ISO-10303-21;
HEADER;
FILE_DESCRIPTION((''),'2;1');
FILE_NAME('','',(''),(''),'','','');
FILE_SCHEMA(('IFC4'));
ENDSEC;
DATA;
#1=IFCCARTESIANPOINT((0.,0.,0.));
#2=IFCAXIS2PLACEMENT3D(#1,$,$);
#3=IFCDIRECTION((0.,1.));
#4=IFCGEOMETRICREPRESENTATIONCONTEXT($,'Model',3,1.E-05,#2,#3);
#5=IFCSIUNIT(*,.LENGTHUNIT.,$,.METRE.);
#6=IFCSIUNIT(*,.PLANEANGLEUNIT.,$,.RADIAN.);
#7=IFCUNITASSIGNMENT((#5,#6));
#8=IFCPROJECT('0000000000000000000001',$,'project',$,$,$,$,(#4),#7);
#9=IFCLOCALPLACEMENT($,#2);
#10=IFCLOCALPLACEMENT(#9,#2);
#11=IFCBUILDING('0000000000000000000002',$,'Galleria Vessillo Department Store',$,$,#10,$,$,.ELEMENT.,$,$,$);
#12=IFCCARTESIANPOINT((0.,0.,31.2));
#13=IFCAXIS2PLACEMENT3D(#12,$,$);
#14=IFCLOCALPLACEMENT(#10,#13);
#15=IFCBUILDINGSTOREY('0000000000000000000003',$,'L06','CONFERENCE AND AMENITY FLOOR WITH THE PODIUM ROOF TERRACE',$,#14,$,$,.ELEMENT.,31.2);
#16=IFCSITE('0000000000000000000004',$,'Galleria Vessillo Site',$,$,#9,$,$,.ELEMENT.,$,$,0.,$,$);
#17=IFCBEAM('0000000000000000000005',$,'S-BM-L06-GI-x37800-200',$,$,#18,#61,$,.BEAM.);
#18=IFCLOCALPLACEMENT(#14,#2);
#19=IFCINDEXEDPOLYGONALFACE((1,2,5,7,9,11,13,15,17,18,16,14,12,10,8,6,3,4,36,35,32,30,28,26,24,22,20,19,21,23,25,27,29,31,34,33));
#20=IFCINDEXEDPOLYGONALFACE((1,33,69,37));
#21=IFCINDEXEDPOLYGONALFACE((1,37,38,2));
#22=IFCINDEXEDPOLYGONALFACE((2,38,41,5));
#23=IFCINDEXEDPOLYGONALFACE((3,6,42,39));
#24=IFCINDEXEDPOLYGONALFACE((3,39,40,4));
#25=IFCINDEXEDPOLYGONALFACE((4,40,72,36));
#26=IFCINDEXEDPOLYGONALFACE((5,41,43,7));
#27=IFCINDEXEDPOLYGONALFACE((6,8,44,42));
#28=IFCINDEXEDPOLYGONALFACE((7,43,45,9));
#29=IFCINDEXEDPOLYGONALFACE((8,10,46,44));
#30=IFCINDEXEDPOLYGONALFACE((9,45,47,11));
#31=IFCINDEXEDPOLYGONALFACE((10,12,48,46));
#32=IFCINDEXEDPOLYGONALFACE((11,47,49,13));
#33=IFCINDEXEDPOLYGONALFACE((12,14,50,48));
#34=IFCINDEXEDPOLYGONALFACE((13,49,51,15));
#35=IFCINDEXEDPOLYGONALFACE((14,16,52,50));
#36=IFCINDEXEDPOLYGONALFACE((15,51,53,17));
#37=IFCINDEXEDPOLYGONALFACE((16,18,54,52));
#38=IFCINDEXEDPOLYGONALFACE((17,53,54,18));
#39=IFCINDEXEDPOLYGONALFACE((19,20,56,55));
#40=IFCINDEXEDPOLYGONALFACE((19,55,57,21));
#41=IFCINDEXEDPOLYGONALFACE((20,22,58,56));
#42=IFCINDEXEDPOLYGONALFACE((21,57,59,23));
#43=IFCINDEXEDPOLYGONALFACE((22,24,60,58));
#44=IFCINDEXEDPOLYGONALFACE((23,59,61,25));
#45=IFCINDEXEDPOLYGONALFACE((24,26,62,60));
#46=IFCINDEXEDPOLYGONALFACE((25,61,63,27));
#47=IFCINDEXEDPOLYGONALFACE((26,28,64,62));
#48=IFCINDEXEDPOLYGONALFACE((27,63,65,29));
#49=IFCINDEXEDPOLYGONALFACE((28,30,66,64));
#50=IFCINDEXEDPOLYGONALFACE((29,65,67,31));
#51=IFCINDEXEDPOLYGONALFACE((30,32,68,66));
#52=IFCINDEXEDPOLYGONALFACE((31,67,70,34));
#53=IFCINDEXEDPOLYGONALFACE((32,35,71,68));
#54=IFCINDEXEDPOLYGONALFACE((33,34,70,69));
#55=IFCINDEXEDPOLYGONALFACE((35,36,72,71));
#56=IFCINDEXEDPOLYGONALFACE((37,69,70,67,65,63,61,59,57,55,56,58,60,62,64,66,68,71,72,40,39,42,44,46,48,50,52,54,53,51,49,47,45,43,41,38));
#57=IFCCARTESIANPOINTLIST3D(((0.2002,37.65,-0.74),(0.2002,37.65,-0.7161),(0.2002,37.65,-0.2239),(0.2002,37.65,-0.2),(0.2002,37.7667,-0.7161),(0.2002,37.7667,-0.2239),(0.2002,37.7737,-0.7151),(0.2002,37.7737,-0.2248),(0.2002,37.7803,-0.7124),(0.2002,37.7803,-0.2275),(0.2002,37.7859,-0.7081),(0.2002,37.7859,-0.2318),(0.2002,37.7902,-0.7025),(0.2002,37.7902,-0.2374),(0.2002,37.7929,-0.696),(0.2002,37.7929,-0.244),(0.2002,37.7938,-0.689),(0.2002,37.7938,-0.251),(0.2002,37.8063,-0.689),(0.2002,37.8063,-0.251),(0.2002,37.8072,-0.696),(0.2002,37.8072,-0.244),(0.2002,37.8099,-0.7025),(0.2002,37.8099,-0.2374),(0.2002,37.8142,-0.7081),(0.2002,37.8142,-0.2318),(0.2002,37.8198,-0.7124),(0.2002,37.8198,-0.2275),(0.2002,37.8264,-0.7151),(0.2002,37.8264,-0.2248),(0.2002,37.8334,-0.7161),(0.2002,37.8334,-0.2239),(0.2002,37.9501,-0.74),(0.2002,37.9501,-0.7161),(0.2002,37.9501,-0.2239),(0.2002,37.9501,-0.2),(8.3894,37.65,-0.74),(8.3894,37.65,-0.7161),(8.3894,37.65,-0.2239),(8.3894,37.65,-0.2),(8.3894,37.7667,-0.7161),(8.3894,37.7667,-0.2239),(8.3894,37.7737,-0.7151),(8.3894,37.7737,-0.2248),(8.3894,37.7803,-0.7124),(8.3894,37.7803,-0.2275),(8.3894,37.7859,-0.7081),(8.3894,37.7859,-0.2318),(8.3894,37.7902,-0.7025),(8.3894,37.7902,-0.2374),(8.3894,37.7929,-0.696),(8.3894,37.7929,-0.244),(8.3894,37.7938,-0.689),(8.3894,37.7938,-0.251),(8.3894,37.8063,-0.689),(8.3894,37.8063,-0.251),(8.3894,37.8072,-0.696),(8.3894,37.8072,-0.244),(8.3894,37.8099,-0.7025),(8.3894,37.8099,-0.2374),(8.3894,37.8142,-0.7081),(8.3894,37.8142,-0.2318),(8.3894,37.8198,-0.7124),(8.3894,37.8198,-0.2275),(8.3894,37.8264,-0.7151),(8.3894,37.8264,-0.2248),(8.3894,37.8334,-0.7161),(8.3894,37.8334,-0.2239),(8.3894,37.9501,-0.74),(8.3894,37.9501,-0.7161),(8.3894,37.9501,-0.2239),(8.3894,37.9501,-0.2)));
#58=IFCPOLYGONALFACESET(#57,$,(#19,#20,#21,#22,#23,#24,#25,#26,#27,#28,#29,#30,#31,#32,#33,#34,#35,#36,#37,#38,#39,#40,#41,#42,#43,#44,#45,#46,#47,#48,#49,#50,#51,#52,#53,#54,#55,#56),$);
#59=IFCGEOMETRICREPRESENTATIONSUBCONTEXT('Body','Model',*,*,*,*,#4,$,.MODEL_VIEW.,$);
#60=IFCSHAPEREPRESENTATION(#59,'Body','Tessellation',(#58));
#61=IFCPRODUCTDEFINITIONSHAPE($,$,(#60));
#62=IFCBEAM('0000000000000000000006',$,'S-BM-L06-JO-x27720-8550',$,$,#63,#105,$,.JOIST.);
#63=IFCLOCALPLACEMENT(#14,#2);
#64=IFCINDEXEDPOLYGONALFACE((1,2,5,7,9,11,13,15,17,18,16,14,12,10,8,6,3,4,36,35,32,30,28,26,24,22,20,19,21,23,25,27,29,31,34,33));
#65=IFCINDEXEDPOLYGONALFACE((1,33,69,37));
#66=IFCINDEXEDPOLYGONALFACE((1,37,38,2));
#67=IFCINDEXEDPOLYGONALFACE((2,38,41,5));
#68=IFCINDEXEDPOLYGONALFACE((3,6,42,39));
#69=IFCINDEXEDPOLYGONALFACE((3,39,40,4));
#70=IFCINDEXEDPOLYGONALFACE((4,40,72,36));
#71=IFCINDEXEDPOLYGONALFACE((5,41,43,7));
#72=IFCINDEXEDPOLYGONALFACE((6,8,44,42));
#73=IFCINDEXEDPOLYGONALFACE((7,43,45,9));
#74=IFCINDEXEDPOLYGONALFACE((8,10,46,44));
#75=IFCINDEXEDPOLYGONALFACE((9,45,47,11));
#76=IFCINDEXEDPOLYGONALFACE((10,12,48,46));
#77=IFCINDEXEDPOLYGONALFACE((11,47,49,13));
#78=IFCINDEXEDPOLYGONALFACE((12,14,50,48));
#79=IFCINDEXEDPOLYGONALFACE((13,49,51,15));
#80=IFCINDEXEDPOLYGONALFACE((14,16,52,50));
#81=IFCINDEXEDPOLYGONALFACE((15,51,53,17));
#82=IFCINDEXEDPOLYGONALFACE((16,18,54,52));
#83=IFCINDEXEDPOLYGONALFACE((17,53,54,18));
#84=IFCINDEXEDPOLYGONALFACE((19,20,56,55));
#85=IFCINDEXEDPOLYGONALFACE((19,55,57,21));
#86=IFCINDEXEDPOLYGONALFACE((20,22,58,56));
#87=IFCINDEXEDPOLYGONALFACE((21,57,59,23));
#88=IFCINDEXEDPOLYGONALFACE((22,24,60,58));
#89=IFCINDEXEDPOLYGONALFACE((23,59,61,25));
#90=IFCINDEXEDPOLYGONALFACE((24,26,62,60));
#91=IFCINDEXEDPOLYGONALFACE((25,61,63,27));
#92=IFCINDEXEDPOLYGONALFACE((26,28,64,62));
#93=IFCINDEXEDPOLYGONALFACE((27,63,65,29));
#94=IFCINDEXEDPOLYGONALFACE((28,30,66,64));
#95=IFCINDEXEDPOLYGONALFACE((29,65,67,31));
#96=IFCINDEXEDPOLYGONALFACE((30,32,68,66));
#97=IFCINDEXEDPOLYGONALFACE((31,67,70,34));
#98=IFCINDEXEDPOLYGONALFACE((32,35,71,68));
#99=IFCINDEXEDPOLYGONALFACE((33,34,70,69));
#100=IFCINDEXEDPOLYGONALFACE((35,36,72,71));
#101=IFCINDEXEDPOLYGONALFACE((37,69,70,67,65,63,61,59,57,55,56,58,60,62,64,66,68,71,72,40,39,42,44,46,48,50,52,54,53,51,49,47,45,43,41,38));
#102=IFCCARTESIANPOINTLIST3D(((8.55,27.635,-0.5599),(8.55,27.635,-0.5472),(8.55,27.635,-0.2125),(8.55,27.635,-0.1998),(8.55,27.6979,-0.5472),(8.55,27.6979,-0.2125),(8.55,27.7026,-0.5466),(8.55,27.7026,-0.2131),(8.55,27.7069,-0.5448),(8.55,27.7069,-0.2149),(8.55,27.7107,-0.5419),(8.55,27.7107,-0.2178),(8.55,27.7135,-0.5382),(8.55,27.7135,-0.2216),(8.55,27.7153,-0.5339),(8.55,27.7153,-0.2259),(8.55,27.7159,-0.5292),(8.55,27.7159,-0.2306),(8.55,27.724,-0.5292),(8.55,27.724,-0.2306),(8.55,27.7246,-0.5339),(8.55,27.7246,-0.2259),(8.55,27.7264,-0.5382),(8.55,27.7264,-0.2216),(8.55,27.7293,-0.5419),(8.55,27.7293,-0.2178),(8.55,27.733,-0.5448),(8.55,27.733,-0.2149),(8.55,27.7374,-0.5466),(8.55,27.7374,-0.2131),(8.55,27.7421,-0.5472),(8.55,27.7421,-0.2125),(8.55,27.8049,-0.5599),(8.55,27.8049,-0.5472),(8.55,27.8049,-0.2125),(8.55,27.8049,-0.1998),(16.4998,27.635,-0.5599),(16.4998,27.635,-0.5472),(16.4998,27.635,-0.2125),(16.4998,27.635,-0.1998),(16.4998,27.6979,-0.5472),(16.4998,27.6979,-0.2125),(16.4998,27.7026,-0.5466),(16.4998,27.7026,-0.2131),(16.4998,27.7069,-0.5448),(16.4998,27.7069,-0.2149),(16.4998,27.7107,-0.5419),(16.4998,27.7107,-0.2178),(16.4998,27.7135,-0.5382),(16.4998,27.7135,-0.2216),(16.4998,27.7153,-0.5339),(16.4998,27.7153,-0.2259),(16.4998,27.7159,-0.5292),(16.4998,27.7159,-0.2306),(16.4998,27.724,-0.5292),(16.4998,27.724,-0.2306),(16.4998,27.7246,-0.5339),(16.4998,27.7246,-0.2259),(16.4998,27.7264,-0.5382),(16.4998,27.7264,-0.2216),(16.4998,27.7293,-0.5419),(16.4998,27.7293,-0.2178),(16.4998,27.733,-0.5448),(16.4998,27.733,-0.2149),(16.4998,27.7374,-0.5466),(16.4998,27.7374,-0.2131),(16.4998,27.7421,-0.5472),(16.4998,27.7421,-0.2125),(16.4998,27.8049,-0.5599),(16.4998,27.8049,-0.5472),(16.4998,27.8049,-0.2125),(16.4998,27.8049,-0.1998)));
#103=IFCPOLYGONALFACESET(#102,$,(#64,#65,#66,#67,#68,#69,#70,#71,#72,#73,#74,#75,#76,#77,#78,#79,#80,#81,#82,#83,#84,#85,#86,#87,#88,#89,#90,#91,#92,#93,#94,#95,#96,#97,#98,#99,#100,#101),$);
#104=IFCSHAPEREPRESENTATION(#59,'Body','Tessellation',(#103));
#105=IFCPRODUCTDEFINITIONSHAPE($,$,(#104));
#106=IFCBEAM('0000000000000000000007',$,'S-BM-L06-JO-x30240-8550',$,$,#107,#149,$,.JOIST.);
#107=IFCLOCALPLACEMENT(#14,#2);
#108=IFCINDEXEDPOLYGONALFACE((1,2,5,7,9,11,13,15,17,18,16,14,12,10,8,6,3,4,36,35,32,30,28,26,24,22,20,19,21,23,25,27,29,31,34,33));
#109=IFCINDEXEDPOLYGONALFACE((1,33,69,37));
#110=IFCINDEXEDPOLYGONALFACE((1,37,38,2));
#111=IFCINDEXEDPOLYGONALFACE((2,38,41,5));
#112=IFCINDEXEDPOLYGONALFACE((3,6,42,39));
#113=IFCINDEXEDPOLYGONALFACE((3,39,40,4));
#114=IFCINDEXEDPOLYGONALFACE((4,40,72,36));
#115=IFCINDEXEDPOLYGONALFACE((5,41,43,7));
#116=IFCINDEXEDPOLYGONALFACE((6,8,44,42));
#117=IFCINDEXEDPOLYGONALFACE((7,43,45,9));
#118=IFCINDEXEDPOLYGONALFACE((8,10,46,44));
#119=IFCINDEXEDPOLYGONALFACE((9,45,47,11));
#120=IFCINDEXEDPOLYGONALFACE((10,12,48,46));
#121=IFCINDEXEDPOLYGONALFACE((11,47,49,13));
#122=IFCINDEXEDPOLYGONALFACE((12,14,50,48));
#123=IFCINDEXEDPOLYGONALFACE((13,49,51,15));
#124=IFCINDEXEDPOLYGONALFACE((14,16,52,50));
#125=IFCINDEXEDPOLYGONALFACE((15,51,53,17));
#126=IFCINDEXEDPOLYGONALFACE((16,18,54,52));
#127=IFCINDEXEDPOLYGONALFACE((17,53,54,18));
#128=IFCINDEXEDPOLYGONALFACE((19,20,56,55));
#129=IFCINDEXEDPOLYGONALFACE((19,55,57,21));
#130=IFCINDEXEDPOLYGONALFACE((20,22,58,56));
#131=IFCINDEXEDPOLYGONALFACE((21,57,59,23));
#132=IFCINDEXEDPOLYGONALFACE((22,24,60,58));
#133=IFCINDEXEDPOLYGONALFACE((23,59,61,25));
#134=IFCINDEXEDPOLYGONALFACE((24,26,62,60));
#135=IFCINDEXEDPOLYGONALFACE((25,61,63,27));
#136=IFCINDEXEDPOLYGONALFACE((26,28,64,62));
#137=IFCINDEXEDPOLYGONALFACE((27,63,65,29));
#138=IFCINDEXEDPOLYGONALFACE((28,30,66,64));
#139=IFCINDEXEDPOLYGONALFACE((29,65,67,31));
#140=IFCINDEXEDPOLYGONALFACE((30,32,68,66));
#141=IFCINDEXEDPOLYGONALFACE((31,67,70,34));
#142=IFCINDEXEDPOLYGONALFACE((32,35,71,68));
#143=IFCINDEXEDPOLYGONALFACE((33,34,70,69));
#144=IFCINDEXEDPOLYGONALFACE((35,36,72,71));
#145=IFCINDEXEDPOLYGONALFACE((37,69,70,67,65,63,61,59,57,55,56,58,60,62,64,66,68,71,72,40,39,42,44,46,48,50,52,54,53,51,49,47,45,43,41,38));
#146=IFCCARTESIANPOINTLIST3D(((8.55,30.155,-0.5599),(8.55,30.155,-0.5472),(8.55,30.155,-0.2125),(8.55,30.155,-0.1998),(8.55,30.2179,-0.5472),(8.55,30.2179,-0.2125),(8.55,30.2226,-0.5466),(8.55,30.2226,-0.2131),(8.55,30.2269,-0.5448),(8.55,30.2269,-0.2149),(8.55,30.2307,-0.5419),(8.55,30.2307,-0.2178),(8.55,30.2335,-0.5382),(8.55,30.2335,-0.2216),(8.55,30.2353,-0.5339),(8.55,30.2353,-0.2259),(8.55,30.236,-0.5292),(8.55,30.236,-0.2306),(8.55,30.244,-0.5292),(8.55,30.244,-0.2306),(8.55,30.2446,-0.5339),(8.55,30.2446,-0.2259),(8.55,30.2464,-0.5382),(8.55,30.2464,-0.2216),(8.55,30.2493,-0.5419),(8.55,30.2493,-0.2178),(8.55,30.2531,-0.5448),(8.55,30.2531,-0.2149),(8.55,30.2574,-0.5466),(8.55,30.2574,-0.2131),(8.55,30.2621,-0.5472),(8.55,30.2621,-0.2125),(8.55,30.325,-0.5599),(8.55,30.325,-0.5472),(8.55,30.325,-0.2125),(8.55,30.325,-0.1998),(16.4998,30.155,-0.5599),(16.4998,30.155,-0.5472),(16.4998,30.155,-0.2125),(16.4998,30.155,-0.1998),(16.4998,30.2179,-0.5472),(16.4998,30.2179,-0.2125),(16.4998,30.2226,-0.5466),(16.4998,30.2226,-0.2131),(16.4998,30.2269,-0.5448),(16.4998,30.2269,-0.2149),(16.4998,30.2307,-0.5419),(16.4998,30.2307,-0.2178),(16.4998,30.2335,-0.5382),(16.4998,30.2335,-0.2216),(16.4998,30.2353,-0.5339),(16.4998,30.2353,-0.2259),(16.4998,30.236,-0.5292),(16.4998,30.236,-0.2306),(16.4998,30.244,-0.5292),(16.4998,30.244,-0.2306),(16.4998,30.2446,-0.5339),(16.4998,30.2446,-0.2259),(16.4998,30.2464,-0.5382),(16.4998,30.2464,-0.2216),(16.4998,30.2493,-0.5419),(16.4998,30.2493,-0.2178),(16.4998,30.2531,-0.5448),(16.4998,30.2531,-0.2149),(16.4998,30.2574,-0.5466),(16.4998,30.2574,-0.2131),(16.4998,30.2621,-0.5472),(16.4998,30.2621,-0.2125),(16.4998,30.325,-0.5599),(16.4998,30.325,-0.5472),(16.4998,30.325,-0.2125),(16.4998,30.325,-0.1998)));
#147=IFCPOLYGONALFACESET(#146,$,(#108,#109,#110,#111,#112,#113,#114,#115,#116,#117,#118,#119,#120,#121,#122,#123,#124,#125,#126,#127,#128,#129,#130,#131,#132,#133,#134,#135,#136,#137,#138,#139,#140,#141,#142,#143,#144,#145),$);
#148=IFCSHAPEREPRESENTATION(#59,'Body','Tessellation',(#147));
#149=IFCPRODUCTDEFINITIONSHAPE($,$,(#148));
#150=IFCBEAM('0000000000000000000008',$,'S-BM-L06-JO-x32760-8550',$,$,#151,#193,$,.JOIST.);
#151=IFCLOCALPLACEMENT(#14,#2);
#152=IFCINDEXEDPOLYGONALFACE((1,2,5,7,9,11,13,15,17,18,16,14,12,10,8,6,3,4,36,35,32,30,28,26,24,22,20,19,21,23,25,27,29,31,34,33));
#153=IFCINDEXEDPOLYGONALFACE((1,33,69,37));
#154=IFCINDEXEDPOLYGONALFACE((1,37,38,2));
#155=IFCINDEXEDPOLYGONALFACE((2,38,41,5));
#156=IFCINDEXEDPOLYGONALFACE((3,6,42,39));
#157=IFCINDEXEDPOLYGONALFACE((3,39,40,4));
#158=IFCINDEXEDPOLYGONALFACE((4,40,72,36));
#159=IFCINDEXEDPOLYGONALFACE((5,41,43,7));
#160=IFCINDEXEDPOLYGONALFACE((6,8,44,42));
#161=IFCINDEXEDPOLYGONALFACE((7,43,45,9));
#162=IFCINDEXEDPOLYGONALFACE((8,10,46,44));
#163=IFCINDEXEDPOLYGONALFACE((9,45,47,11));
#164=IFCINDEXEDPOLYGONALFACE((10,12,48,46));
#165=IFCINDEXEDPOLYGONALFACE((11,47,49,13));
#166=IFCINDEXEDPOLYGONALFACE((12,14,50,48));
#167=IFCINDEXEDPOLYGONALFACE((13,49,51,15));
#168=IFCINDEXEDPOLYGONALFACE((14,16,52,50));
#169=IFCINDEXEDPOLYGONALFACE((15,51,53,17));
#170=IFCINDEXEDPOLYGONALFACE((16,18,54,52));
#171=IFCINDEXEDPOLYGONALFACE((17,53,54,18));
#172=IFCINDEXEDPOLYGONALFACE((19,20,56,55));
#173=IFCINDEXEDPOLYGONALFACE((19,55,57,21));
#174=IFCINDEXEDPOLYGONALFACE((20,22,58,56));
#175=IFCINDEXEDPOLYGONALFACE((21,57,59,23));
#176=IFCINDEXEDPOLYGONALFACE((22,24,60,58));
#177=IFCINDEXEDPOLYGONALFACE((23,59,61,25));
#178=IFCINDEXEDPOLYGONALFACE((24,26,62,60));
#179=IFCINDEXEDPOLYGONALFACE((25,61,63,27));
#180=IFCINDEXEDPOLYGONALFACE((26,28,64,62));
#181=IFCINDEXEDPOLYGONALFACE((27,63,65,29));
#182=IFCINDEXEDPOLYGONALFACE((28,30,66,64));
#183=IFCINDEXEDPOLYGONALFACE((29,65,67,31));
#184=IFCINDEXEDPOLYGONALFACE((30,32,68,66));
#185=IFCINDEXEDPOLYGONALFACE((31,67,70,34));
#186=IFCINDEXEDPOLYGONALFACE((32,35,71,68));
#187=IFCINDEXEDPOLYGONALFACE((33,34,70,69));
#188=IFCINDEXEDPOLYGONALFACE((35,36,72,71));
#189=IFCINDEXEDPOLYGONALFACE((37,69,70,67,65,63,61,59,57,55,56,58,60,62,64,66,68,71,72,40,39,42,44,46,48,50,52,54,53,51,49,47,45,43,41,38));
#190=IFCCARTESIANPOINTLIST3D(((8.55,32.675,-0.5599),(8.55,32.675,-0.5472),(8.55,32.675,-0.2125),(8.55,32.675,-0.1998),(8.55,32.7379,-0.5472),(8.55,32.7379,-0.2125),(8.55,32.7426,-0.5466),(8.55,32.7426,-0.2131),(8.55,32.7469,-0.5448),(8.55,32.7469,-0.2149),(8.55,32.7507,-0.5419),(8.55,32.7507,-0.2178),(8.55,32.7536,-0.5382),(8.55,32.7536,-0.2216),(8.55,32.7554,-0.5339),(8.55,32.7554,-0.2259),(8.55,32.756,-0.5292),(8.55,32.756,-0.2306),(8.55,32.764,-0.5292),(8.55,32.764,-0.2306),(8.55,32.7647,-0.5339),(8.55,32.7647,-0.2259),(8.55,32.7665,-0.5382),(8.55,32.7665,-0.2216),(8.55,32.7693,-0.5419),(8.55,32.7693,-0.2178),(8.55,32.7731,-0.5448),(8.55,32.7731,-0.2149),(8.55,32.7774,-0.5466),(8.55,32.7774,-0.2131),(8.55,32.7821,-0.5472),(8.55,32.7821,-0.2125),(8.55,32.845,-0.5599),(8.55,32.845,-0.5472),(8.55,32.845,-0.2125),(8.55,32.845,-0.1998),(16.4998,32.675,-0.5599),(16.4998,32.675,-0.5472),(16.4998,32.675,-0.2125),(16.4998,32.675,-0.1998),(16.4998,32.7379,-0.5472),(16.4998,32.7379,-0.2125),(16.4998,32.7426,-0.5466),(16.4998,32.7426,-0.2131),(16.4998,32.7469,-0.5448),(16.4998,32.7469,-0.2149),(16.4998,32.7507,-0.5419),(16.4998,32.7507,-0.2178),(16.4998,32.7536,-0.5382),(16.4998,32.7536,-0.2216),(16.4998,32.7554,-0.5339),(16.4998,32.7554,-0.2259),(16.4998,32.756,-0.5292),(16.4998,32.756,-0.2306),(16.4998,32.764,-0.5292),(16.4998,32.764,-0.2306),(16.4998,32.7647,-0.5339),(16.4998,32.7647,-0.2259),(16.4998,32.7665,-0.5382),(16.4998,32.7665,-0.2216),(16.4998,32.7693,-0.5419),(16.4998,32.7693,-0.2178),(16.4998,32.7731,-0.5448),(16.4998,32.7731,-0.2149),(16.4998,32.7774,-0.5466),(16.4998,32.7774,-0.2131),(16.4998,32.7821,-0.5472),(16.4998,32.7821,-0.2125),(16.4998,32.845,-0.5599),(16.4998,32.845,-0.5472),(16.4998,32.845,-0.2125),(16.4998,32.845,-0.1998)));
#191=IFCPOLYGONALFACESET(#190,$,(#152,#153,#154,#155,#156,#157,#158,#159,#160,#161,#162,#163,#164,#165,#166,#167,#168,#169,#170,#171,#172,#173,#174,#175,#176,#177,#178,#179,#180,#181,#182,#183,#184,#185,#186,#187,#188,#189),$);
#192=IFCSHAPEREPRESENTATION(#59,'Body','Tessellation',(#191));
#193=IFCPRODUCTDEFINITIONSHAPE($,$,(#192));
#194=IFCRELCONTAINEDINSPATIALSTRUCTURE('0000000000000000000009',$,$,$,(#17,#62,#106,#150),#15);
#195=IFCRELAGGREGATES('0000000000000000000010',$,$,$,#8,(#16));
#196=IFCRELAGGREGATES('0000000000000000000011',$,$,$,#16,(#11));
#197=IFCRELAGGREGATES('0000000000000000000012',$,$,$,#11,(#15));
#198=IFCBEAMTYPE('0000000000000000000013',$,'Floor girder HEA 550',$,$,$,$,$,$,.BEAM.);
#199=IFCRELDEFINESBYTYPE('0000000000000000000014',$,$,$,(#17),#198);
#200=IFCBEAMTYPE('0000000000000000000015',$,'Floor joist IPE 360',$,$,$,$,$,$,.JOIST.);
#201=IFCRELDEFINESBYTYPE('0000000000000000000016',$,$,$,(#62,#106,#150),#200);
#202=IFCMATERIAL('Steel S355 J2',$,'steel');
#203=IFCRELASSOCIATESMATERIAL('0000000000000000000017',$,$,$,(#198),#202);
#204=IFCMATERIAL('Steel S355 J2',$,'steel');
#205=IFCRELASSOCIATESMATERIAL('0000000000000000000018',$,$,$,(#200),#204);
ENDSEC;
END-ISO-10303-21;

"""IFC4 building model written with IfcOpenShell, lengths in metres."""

from ifc_helpers import new_model, si_unit, direction, frame, origin, origin_2d, place, context, subcontext, project, spatial, i_section, extrude, material, material_profile, profile_set, type_object, element, save


model = new_model("IFC4")

# Units and contexts
model_context = context("Model", 3, precision=1e-05, world=origin(), true_north=direction((0.0, 1.0)))
body_context = subcontext(model_context, "Body", "Model", "MODEL_VIEW")
ifc_project = project(units=[si_unit("LENGTHUNIT", "METRE"), si_unit("PLANEANGLEUNIT", "RADIAN")], contexts=[model_context])

# Site, building, storey
site_placement = place(None, origin())
site = spatial("IfcSite", under=ifc_project, at=site_placement, Name="Galleria Vessillo Site", CompositionType="ELEMENT", RefElevation=0.0)
building_placement = place(site_placement, origin())
building = spatial("IfcBuilding", under=site, at=building_placement, Name="Galleria Vessillo Department Store", CompositionType="ELEMENT")
storey_placement = place(building_placement, frame((0.0, 0.0, 31.2)))
storey = spatial("IfcBuildingStorey", under=building, at=storey_placement, Name="L06", Description="CONFERENCE AND AMENITY FLOOR WITH THE PODIUM ROOF TERRACE", CompositionType="ELEMENT", Elevation=31.2)

# Beams
ifc_material_1 = material(Name="Steel S355 J2", Category="steel")
ifc_material_profile_1 = material_profile(ifc_material_1, i_section(OverallWidth=0.3, OverallDepth=0.54, WebThickness=0.0125, FlangeThickness=0.0239, FilletRadius=0.0271, at=origin_2d()), Name="HEA 550")
ifc_profile_set_1 = profile_set([ifc_material_profile_1], Name="Steel S355 J2")
beam_type_1 = type_object("IfcBeamType", Name="Floor girder HEA 550", PredefinedType="BEAM", material=ifc_profile_set_1)
beam_1_placement = place(storey_placement, frame((0.2002, 37.8, -0.47), z_axis=(1.0, 0.0, 0.0), x_axis=(0.0, 1.0, 0.0)))
element("IfcBeam", 1, at=beam_1_placement, inside=storey, type_object=beam_type_1, Name="S-BM-L06-GI-x37800-200", PredefinedType="BEAM", context=body_context, shape_type="SweptSolid", body=[
    extrude(i_section(OverallWidth=0.3, OverallDepth=0.54, WebThickness=0.0125, FlangeThickness=0.0239, FilletRadius=0.0271, at=origin_2d()), origin(), (0.0, 0.0, 1.0), 8.1892),
])
ifc_material_2 = material(Name="Steel S355 J2", Category="steel")
ifc_material_profile_2 = material_profile(ifc_material_2, i_section(OverallWidth=0.1699, OverallDepth=0.3601, WebThickness=0.0081, FlangeThickness=0.0127, FilletRadius=0.0181, at=origin_2d()), Name="IPE 360")
ifc_profile_set_2 = profile_set([ifc_material_profile_2], Name="Steel S355 J2")
beam_type_2 = type_object("IfcBeamType", Name="Floor joist IPE 360", PredefinedType="JOIST", material=ifc_profile_set_2)
for number, where, z_axis, x_axis, name in (
    (2, (8.55, 27.72, -0.3799), (1.0, 0.0, 0.0), (0.0, 1.0, 0.0), "S-BM-L06-JO-x27720-8550"),
    (3, (8.55, 30.24, -0.3799), (1.0, 0.0, 0.0), (0.0, 1.0, 0.0), "S-BM-L06-JO-x30240-8550"),
    (4, (8.55, 32.76, -0.3799), (1.0, 0.0, 0.0), (0.0, 1.0, 0.0), "S-BM-L06-JO-x32760-8550"),
):
    element("IfcBeam", number, at=place(storey_placement, frame(where, z_axis=z_axis, x_axis=x_axis)), inside=storey, type_object=beam_type_2, Name=name, PredefinedType="JOIST", context=body_context, shape_type="SweptSolid", body=[
        extrude(i_section(OverallWidth=0.1699, OverallDepth=0.3601, WebThickness=0.0081, FlangeThickness=0.0127, FilletRadius=0.0181, at=origin_2d()), origin(), (0.0, 0.0, 1.0), 7.9497),
    ])

save(model, "model.ifc")
